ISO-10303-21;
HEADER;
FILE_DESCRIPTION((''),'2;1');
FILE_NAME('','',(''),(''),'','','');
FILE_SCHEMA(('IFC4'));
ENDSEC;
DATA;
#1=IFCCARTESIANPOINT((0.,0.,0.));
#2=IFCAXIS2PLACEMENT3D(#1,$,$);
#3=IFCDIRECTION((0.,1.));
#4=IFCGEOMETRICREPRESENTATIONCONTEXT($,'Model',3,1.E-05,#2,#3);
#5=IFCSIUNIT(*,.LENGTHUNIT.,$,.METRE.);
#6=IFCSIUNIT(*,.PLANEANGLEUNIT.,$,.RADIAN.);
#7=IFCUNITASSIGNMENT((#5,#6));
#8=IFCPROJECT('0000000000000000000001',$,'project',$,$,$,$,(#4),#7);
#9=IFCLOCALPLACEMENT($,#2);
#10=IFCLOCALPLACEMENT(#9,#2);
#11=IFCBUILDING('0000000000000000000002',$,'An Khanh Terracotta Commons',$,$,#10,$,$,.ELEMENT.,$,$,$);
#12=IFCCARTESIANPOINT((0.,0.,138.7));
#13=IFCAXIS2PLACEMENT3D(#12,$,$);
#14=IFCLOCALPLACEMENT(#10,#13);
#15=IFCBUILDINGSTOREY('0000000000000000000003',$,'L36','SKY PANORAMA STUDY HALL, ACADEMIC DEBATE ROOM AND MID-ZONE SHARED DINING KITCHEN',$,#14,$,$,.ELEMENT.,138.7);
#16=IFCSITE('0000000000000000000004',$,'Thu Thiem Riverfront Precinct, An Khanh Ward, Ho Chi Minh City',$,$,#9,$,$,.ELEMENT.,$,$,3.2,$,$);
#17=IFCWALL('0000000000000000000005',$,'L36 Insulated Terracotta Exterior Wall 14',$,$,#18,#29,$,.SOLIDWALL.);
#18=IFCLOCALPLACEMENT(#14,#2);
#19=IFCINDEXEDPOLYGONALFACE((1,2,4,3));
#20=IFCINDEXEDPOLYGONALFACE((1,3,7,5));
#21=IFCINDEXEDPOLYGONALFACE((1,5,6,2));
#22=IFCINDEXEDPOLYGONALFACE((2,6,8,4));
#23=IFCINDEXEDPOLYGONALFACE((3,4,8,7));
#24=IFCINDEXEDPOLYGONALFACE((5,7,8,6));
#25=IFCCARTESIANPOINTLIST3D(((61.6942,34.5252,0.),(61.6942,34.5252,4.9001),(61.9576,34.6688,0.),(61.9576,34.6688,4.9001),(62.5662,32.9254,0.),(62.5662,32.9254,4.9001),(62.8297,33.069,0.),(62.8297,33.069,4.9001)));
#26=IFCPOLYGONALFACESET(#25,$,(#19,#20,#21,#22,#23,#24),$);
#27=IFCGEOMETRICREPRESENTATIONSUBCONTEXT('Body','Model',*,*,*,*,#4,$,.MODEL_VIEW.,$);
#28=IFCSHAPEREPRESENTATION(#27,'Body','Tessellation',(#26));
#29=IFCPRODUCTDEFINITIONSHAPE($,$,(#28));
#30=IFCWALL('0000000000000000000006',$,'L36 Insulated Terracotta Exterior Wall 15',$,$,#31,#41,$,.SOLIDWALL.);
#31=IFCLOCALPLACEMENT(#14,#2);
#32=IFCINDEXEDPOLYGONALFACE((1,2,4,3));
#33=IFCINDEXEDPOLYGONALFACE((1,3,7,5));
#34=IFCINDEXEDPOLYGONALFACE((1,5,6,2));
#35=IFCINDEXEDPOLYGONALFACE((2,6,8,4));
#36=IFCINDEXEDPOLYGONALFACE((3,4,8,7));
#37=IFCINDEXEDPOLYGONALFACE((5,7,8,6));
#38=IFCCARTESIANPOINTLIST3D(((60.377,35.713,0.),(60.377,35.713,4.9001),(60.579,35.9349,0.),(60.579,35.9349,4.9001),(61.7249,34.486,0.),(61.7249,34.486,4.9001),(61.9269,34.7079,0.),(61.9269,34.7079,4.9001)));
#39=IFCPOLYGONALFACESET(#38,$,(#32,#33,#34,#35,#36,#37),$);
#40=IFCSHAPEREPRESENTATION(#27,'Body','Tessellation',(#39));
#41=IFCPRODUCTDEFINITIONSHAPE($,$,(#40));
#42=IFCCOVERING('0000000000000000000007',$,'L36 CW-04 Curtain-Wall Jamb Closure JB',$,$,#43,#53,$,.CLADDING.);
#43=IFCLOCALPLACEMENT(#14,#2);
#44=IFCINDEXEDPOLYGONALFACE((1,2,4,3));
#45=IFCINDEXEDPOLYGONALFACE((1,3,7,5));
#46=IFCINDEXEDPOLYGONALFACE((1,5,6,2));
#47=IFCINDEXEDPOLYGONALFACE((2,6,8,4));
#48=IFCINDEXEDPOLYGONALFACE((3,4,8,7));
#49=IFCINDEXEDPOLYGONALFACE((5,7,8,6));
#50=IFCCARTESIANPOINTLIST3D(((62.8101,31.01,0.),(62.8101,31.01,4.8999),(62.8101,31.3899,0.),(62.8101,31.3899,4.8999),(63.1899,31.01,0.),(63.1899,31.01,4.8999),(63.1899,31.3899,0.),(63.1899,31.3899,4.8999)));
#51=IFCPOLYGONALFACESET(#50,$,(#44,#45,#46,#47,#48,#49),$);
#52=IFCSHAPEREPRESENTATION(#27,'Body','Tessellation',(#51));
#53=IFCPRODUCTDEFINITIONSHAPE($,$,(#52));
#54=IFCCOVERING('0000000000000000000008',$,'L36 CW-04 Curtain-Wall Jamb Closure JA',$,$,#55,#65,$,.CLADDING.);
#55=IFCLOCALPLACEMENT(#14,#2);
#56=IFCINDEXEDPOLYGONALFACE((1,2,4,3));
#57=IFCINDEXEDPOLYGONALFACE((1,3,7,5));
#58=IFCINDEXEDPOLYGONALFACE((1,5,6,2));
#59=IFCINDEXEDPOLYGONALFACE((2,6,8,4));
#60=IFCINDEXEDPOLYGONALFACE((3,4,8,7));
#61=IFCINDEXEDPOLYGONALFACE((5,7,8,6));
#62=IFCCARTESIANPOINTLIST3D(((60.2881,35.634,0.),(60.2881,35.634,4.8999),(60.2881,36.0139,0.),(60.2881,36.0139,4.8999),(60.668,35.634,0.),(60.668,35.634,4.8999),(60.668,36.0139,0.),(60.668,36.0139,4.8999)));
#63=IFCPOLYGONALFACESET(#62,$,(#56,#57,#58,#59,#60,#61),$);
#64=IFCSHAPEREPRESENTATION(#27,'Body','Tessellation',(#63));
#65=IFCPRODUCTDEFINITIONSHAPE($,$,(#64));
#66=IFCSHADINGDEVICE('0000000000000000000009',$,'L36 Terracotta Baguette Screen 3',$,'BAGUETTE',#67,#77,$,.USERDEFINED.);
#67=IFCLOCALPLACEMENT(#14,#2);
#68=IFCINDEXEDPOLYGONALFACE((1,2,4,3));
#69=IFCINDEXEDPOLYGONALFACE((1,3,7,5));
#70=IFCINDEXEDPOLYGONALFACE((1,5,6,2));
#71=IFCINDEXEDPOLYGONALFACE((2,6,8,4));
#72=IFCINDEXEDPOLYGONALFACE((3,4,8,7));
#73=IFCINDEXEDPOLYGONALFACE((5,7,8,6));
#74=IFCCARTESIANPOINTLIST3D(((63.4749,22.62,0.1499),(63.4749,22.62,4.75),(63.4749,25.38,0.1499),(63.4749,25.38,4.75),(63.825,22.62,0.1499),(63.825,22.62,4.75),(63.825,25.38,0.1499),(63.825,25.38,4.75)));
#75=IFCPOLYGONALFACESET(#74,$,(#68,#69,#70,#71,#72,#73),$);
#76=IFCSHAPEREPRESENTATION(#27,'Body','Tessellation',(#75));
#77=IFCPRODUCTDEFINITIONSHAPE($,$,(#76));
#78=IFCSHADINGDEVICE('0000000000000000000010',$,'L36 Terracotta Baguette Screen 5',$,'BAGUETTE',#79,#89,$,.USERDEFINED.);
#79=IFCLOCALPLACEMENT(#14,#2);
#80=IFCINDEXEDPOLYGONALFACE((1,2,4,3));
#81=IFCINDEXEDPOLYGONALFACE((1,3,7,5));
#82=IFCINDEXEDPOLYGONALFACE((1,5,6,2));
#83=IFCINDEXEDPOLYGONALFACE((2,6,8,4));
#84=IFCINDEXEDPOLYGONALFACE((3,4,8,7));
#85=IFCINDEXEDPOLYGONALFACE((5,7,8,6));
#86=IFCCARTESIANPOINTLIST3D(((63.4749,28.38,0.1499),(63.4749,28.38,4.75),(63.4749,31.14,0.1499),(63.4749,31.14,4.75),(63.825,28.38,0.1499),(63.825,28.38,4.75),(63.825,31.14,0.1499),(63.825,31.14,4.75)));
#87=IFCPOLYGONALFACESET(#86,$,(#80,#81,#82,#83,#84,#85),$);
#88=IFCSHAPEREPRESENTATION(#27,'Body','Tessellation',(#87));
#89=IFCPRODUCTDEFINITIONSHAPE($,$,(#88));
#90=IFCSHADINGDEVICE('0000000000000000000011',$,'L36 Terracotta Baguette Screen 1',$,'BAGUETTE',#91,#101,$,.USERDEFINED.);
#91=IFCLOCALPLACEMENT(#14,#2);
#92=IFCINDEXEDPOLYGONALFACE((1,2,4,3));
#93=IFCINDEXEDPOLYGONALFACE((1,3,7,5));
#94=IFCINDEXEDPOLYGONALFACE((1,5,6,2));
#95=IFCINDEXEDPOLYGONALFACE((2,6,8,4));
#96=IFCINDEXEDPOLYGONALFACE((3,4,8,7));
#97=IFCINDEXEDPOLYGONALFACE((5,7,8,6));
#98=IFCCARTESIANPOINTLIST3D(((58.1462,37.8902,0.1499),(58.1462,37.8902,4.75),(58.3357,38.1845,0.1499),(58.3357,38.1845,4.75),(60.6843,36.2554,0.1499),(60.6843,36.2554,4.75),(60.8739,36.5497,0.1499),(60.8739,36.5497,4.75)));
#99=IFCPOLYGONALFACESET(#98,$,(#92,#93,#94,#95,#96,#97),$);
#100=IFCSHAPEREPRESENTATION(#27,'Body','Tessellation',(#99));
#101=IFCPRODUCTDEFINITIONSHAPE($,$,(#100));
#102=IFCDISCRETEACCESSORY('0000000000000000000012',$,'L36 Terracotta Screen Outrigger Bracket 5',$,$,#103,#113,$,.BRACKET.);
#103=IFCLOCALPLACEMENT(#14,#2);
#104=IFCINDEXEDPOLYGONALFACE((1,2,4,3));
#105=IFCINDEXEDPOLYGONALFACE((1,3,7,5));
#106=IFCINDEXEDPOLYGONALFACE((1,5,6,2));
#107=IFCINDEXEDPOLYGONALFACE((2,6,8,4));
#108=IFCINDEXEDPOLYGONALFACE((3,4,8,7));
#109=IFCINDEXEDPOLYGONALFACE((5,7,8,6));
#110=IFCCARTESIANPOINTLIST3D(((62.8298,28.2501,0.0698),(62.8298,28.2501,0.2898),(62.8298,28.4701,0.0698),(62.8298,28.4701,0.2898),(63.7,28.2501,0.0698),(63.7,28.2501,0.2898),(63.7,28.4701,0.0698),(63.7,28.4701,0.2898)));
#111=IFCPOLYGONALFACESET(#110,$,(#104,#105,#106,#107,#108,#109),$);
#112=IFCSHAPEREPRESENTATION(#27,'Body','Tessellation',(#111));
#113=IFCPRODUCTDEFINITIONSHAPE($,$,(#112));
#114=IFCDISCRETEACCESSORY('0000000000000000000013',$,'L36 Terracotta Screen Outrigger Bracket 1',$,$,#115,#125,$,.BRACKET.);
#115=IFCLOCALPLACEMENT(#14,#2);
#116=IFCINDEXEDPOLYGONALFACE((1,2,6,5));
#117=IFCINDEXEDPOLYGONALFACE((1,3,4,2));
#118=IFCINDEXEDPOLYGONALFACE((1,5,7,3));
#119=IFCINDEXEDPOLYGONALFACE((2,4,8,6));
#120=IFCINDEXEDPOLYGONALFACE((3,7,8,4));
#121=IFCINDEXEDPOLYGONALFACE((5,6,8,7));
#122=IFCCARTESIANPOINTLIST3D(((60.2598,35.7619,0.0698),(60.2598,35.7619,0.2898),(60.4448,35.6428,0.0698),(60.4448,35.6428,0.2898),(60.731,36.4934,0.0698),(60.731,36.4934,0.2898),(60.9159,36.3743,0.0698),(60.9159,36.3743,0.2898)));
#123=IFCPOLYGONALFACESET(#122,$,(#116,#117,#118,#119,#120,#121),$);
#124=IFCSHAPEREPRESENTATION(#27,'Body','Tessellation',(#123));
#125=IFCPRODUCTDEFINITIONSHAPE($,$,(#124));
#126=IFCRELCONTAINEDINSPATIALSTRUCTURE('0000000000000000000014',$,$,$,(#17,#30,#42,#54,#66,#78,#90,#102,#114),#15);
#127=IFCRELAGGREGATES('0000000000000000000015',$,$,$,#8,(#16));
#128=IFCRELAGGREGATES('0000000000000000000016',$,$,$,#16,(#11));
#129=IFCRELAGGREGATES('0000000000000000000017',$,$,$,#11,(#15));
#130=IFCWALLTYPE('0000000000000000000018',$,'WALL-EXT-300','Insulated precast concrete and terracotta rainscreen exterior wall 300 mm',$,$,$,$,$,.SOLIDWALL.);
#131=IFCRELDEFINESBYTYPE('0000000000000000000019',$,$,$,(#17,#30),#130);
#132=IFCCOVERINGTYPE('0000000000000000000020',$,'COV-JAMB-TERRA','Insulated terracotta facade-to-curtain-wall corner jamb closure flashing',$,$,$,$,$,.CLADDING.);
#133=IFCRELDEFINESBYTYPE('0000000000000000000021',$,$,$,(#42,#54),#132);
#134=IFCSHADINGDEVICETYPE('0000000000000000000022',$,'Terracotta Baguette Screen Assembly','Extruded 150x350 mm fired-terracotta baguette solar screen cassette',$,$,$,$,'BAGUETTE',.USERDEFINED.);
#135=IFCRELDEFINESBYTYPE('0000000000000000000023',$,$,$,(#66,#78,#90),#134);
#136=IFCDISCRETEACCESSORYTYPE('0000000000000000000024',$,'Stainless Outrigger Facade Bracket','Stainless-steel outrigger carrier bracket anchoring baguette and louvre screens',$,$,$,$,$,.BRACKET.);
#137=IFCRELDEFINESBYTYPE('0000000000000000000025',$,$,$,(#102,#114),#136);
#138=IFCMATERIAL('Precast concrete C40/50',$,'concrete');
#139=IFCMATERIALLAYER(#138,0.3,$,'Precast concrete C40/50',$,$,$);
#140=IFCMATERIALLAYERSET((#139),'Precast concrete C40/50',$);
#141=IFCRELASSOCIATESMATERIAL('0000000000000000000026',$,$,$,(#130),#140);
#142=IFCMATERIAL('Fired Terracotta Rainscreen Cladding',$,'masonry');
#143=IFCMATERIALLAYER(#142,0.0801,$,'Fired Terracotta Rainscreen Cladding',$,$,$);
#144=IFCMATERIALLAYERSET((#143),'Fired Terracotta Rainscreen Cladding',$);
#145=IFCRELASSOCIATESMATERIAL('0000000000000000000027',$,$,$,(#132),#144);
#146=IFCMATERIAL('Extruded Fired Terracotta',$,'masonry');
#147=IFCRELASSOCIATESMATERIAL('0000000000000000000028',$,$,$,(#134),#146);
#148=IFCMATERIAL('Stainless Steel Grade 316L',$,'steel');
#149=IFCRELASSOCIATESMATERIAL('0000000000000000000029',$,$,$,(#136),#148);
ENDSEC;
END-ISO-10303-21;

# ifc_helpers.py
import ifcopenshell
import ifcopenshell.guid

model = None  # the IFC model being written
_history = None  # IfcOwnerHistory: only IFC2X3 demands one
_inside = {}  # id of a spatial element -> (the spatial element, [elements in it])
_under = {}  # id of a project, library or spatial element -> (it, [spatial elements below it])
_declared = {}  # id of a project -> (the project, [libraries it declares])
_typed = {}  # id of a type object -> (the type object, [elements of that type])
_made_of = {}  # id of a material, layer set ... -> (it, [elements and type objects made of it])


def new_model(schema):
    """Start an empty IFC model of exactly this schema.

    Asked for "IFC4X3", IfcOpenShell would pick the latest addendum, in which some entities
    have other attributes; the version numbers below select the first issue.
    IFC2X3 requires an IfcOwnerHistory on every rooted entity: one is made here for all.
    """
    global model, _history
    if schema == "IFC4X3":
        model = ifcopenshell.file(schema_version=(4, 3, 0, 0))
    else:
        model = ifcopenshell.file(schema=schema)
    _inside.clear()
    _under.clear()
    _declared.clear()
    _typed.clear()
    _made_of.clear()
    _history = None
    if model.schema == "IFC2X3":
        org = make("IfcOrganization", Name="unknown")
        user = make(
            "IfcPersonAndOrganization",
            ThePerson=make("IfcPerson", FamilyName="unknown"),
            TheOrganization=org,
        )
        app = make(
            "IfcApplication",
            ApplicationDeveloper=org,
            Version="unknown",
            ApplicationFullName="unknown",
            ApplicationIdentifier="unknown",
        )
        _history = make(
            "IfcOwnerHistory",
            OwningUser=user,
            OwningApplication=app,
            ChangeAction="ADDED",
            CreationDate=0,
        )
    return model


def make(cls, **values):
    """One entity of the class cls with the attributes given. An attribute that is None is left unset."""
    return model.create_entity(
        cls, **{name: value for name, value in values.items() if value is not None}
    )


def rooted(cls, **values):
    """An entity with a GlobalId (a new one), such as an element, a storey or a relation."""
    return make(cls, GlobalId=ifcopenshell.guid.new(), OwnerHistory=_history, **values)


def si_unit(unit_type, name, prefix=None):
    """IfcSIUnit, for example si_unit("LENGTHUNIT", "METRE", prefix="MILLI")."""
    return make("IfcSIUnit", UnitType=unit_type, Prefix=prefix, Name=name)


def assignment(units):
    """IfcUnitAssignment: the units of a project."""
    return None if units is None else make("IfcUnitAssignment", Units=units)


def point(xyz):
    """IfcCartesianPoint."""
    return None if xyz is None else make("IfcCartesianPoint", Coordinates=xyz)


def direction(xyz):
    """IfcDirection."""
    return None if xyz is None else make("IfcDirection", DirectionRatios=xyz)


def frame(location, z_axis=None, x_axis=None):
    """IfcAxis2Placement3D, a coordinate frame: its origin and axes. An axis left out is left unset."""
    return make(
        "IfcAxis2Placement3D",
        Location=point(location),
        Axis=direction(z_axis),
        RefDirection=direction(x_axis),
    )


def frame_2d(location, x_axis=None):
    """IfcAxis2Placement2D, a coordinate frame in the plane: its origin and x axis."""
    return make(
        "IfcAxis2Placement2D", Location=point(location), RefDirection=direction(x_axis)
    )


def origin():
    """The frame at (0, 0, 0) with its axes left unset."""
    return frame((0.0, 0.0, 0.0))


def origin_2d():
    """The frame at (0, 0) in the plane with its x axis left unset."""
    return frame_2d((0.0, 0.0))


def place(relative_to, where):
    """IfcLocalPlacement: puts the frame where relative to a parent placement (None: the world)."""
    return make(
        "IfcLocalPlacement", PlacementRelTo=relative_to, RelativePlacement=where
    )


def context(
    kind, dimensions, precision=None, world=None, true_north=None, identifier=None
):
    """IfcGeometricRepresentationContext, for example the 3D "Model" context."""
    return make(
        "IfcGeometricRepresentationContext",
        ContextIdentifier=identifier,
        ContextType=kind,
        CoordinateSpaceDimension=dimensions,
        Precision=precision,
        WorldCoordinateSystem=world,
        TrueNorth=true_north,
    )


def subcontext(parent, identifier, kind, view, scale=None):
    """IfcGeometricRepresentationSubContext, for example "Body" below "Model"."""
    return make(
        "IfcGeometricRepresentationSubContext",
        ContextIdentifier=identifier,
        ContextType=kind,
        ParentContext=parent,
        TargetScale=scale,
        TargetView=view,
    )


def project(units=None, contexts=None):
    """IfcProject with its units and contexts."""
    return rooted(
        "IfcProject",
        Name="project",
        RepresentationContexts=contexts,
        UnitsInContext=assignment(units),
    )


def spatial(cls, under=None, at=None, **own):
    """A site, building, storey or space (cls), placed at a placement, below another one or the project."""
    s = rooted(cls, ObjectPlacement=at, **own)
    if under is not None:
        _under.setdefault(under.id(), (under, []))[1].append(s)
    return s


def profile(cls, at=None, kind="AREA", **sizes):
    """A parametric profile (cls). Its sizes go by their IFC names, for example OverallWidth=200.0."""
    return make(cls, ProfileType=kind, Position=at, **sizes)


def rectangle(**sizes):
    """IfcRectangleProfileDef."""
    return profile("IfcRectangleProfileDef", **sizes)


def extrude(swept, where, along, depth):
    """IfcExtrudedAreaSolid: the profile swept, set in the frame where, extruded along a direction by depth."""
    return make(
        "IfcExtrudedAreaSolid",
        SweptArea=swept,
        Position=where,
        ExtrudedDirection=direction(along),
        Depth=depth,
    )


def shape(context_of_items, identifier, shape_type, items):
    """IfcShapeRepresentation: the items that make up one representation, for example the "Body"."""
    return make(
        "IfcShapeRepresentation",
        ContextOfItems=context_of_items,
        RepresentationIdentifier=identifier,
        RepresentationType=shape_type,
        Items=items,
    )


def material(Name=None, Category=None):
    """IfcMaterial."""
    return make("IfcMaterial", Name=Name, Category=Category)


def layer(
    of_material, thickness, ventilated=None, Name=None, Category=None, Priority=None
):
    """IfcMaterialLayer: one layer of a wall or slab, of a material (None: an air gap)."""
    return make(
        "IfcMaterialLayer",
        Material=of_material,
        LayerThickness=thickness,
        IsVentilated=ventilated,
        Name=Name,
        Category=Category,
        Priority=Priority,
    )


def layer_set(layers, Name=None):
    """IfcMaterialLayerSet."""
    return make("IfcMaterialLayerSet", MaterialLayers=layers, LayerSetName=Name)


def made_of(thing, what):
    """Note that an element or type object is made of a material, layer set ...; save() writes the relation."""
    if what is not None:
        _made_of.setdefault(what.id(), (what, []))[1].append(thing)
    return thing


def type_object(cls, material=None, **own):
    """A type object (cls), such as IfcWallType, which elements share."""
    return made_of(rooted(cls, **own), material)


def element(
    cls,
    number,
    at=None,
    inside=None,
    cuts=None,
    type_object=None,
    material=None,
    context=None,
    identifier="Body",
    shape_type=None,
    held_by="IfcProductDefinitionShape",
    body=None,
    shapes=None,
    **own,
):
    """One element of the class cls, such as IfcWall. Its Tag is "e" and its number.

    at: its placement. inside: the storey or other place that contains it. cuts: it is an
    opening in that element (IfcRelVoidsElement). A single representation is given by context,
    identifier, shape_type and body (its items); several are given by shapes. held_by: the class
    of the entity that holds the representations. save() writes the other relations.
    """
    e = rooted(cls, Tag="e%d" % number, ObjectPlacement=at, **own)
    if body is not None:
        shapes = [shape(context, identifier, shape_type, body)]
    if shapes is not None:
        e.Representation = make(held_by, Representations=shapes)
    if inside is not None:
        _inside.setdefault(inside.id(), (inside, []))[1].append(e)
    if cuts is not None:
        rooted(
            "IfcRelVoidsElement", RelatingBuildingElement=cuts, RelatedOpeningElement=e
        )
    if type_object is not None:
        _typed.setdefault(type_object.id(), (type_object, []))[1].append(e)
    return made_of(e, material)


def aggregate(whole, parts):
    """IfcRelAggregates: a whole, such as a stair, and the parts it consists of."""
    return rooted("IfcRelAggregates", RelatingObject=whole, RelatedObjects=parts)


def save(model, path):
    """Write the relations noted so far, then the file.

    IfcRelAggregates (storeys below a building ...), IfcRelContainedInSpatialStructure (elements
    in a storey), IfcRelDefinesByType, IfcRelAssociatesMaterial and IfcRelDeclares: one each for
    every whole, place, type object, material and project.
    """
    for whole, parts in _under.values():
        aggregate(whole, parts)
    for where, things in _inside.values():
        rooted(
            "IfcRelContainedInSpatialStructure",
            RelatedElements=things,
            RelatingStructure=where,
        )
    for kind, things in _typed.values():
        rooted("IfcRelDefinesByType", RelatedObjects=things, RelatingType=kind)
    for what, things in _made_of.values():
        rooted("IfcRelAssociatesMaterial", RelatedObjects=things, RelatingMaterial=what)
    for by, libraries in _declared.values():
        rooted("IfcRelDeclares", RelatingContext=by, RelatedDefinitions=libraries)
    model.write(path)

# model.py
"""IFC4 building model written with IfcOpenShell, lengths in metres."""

from ifc_helpers import new_model, si_unit, direction, frame, frame_2d, origin, origin_2d, place, context, subcontext, project, spatial, rectangle, extrude, material, layer, layer_set, type_object, element, save


model = new_model("IFC4")

# Units and contexts
model_context = context("Model", 3, precision=1e-05, world=origin(), true_north=direction((0.0, 1.0)))
body_context = subcontext(model_context, "Body", "Model", "MODEL_VIEW")
ifc_project = project(units=[si_unit("LENGTHUNIT", "METRE"), si_unit("PLANEANGLEUNIT", "RADIAN")], contexts=[model_context])

# Site, building, storey
site_placement = place(None, origin())
site = spatial("IfcSite", under=ifc_project, at=site_placement, Name="Thu Thiem Riverfront Precinct, An Khanh Ward, Ho Chi Minh City", CompositionType="ELEMENT", RefElevation=3.2)
building_placement = place(site_placement, origin())
building = spatial("IfcBuilding", under=site, at=building_placement, Name="An Khanh Terracotta Commons", CompositionType="ELEMENT")
storey_placement = place(building_placement, frame((0.0, 0.0, 138.7)))
storey = spatial("IfcBuildingStorey", under=building, at=storey_placement, Name="L36", Description="SKY PANORAMA STUDY HALL, ACADEMIC DEBATE ROOM AND MID-ZONE SHARED DINING KITCHEN", CompositionType="ELEMENT", Elevation=138.7)

# Walls
ifc_material_1 = material(Name="Precast concrete C40/50", Category="concrete")
ifc_layer_1 = layer(ifc_material_1, 0.3, Name="Precast concrete C40/50")
ifc_layer_set_1 = layer_set([ifc_layer_1], Name="Precast concrete C40/50")
wall_type = type_object("IfcWallType", Name="WALL-EXT-300", Description="Insulated precast concrete and terracotta rainscreen exterior wall 300 mm", PredefinedType="SOLIDWALL", material=ifc_layer_set_1)
wall_1_placement = place(storey_placement, frame((62.698, 32.9971, 0.0), z_axis=(0.0, 0.0, 1.0), x_axis=(-0.478608, 0.878029, 0.0)))
element("IfcWall", 1, at=wall_1_placement, inside=storey, type_object=wall_type, Name="L36 Insulated Terracotta Exterior Wall 14", PredefinedType="SOLIDWALL", context=body_context, shape_type="SweptSolid", body=[
    extrude(rectangle(XDim=1.822, YDim=0.3, at=frame_2d((0.9111, 0.0))), origin(), (0.0, 0.0, 1.0), 4.9001),
])
wall_2_placement = place(storey_placement, frame((61.8259, 34.5969, 0.0), z_axis=(0.0, 0.0, 1.0), x_axis=(-0.739479, 0.673179, 0.0)))
element("IfcWall", 2, at=wall_2_placement, inside=storey, type_object=wall_type, Name="L36 Insulated Terracotta Exterior Wall 15", PredefinedType="SOLIDWALL", context=body_context, shape_type="SweptSolid", body=[
    extrude(rectangle(XDim=1.8228, YDim=0.3, at=frame_2d((0.9114, 0.0))), origin(), (0.0, 0.0, 1.0), 4.9001),
])

# Coverings
ifc_material_2 = material(Name="Fired Terracotta Rainscreen Cladding", Category="masonry")
ifc_layer_2 = layer(ifc_material_2, 0.0801, Name="Fired Terracotta Rainscreen Cladding")
ifc_layer_set_2 = layer_set([ifc_layer_2], Name="Fired Terracotta Rainscreen Cladding")
covering_type = type_object("IfcCoveringType", Name="COV-JAMB-TERRA", Description="Insulated terracotta facade-to-curtain-wall corner jamb closure flashing", PredefinedType="CLADDING", material=ifc_layer_set_2)
for number, where, z_axis, x_axis, name in (
    (3, (63.0, 31.2, 0.0), (0.0, 0.0, 1.0), (1.0, 0.0, 0.0), "L36 CW-04 Curtain-Wall Jamb Closure JB"),
    (4, (60.478, 35.824, 0.0), (0.0, 0.0, 1.0), (1.0, 0.0, 0.0), "L36 CW-04 Curtain-Wall Jamb Closure JA"),
):
    element("IfcCovering", number, at=place(storey_placement, frame(where, z_axis=z_axis, x_axis=x_axis)), inside=storey, type_object=covering_type, Name=name, PredefinedType="CLADDING", context=body_context, shape_type="SweptSolid", body=[
        extrude(rectangle(XDim=0.3799, YDim=0.3799, at=origin_2d()), origin(), (0.0, 0.0, 1.0), 4.8999),
    ])

# Shading devices
ifc_material_3 = material(Name="Extruded Fired Terracotta", Category="masonry")
shading_device_type = type_object("IfcShadingDeviceType", Name="Terracotta Baguette Screen Assembly", Description="Extruded 150x350 mm fired-terracotta baguette solar screen cassette", ElementType="BAGUETTE", PredefinedType="USERDEFINED", material=ifc_material_3)
for number, where, z_axis, x_axis, name in (
    (5, (63.6499, 24.0, 0.1499), (0.0, 0.0, 1.0), (0.0, 1.0, 0.0), "L36 Terracotta Baguette Screen 3"),
    (6, (63.6499, 29.76, 0.1499), (0.0, 0.0, 1.0), (0.0, 1.0, 0.0), "L36 Terracotta Baguette Screen 5"),
):
    element("IfcShadingDevice", number, at=place(storey_placement, frame(where, z_axis=z_axis, x_axis=x_axis)), inside=storey, type_object=shading_device_type, Name=name, ObjectType="BAGUETTE", PredefinedType="USERDEFINED", context=body_context, shape_type="SweptSolid", body=[
        extrude(rectangle(XDim=2.76, YDim=0.3501, at=origin_2d()), origin(), (0.0, 0.0, 1.0), 4.6001),
    ])
shading_device_placement = place(storey_placement, frame((59.51, 37.22, 0.1499), z_axis=(0.0, 0.0, 1.0), x_axis=(-0.840702, 0.541498, 0.0)))
element("IfcShadingDevice", 7, at=shading_device_placement, inside=storey, type_object=shading_device_type, Name="L36 Terracotta Baguette Screen 1", ObjectType="BAGUETTE", PredefinedType="USERDEFINED", context=body_context, shape_type="SweptSolid", body=[
    extrude(rectangle(XDim=3.019, YDim=0.3501, at=origin_2d()), origin(), (0.0, 0.0, 1.0), 4.6001),
])

# Discrete accessories
ifc_material_4 = material(Name="Stainless Steel Grade 316L", Category="steel")
discrete_accessory_type = type_object("IfcDiscreteAccessoryType", Name="Stainless Outrigger Facade Bracket", Description="Stainless-steel outrigger carrier bracket anchoring baguette and louvre screens", PredefinedType="BRACKET", material=ifc_material_4)
for number, where, z_axis, x_axis, name in (
    (8, (63.2649, 28.3601, 0.0698), (0.0, 0.0, 1.0), (0.0, 1.0, 0.0), "L36 Terracotta Screen Outrigger Bracket 5"),
    (9, (60.5879, 36.0681, 0.0698), (0.0, 0.0, 1.0), (-0.840702, 0.541498, 0.0), "L36 Terracotta Screen Outrigger Bracket 1"),
):
    element("IfcDiscreteAccessory", number, at=place(storey_placement, frame(where, z_axis=z_axis, x_axis=x_axis)), inside=storey, type_object=discrete_accessory_type, Name=name, PredefinedType="BRACKET", context=body_context, shape_type="SweptSolid", body=[
        extrude(rectangle(XDim=0.22, YDim=0.8701, at=origin_2d()), origin(), (0.0, 0.0, 1.0), 0.22),
    ])

save(model, "model.ifc")
